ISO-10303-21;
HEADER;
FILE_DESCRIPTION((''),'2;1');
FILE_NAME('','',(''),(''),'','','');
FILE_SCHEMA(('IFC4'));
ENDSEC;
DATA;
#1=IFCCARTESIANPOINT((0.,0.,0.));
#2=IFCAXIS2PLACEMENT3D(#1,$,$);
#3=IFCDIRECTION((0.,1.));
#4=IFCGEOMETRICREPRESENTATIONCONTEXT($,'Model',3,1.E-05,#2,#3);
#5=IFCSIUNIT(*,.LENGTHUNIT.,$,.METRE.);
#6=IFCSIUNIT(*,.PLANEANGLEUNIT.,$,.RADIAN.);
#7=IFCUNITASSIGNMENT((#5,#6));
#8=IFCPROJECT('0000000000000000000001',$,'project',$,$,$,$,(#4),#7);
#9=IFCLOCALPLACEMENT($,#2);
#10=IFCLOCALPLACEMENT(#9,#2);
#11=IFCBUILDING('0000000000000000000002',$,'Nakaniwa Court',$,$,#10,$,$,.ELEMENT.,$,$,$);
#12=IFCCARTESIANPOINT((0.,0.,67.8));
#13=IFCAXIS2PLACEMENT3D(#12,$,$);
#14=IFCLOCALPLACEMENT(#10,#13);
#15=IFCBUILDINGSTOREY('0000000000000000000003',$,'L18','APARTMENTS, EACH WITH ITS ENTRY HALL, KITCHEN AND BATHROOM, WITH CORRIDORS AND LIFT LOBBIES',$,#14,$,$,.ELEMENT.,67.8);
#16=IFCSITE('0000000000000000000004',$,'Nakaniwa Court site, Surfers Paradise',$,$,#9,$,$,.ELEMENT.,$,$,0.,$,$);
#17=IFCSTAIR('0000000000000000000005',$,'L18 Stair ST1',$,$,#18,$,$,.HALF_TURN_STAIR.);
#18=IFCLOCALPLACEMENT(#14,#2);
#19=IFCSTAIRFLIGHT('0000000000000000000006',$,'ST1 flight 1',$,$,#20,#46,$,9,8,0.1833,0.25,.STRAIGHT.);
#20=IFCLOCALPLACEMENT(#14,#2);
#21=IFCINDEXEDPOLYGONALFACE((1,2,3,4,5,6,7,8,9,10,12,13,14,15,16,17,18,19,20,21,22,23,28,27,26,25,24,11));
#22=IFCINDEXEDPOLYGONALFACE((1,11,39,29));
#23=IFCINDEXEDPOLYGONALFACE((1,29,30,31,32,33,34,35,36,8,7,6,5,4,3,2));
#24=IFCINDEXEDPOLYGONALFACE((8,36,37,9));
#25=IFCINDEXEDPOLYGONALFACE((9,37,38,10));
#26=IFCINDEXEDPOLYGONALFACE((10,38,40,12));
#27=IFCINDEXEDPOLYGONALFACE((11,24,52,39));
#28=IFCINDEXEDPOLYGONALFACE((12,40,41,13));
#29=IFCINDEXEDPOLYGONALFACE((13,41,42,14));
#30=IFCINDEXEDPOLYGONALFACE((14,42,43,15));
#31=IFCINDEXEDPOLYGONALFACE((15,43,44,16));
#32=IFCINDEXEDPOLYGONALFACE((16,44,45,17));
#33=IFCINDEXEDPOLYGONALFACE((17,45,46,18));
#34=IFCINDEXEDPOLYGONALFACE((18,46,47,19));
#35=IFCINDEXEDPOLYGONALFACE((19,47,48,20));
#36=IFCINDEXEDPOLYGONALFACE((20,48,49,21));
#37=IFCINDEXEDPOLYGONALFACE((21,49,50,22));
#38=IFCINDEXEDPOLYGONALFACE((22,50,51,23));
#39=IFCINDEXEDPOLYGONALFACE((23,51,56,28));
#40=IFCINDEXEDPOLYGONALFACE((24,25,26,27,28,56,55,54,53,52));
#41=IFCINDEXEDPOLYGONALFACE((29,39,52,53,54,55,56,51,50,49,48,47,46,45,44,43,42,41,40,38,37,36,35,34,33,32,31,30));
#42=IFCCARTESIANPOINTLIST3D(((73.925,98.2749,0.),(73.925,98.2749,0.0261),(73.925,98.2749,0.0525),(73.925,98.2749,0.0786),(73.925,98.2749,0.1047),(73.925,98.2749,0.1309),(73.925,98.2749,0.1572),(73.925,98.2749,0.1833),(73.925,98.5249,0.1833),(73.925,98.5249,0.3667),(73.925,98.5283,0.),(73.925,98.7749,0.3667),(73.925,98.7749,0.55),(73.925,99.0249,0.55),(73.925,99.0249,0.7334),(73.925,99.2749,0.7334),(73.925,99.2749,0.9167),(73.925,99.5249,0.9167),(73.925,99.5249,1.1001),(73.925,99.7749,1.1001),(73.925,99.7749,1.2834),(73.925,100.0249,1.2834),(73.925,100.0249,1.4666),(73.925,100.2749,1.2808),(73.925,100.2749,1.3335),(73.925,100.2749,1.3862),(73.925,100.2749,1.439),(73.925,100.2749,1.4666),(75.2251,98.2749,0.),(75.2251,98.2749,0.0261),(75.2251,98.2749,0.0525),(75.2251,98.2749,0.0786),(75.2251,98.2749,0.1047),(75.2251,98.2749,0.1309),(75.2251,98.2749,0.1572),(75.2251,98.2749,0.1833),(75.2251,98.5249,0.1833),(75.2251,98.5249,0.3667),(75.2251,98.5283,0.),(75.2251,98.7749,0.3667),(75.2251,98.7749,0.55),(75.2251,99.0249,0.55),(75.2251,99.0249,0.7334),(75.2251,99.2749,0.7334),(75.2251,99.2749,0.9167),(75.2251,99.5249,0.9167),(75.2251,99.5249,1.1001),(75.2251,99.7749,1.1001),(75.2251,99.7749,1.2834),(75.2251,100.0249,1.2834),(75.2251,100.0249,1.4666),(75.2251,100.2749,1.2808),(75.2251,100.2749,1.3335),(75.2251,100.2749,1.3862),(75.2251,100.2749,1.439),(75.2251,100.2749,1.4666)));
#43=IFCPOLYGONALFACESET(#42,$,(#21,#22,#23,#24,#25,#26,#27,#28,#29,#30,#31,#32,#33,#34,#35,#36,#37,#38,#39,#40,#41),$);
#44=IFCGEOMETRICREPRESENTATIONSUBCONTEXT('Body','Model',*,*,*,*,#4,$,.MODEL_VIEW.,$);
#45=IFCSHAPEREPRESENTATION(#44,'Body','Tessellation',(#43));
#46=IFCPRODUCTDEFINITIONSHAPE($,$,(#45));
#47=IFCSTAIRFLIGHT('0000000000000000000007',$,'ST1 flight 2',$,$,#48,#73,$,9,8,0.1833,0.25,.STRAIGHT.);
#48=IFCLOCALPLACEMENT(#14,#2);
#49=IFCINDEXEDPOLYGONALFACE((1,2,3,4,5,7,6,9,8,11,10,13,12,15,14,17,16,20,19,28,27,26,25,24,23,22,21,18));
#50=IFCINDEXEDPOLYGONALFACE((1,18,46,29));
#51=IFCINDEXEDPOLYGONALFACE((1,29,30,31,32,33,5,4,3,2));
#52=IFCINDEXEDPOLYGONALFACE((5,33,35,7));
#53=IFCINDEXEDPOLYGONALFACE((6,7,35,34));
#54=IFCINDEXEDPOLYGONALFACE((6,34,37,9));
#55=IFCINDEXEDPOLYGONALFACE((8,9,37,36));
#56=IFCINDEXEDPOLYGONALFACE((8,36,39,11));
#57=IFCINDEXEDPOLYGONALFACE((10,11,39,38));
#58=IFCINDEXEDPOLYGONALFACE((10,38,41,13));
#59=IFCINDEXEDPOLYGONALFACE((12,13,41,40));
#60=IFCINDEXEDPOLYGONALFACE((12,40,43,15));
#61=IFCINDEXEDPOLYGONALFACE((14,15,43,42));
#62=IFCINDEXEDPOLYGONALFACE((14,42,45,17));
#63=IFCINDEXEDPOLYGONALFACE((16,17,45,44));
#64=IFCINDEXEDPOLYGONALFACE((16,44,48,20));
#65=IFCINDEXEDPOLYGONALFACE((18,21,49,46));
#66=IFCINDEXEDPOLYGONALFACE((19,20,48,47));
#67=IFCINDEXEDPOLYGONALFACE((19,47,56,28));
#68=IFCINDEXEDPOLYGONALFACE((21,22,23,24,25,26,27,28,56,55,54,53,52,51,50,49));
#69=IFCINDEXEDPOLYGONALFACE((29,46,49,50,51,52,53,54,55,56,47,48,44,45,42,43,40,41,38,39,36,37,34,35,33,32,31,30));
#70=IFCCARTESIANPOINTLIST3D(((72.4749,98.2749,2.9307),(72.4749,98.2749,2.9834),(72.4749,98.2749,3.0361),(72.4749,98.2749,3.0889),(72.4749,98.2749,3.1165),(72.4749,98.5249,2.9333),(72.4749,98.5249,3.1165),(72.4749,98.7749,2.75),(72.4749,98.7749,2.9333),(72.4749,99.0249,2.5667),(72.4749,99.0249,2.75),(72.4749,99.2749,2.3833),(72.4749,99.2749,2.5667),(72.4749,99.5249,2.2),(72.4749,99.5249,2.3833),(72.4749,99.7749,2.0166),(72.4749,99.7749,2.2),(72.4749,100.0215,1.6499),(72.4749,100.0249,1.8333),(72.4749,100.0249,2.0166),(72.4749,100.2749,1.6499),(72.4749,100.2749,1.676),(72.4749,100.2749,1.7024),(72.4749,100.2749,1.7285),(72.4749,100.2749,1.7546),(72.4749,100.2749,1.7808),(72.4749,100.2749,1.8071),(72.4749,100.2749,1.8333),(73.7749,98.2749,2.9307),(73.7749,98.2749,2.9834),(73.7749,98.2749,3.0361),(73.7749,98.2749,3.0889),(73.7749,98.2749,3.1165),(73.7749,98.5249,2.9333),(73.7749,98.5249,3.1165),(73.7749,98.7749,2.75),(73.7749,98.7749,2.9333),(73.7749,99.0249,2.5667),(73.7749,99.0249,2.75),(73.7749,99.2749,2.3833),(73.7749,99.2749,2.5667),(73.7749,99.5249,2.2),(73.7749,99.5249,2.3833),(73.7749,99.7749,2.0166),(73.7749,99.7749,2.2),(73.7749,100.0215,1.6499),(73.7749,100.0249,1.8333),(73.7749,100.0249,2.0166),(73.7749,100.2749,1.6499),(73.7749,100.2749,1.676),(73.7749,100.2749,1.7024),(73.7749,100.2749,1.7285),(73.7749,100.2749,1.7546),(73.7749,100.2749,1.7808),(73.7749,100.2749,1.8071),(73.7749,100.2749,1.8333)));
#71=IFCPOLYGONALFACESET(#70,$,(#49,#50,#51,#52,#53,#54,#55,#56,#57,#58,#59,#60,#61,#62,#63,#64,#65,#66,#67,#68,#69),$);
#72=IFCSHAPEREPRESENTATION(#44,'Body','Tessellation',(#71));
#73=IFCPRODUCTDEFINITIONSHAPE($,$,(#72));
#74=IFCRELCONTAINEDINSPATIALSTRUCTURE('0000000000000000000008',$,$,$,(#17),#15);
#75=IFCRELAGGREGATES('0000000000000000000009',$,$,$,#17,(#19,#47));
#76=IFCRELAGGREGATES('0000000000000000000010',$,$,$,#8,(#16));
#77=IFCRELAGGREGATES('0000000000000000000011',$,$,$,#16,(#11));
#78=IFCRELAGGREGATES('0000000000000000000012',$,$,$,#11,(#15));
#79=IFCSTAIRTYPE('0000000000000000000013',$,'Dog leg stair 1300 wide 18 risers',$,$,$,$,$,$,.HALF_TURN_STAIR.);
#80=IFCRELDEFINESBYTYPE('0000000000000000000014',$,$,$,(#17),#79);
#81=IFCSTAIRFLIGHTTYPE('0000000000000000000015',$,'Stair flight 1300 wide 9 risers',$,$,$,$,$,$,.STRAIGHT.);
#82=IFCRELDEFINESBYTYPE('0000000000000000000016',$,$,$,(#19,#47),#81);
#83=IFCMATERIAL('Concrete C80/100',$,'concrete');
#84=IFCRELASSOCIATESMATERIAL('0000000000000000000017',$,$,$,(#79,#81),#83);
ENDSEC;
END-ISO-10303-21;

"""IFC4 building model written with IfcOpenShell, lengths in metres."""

from ifc_helpers import new_model, si_unit, direction, frame, origin, place, context, subcontext, project, spatial, polyline, outline, extrude, material, type_object, element, aggregate, save


model = new_model("IFC4")

# Units and contexts
model_context = context("Model", 3, precision=1e-05, world=origin(), true_north=direction((0.0, 1.0)))
body_context = subcontext(model_context, "Body", "Model", "MODEL_VIEW")
ifc_project = project(units=[si_unit("LENGTHUNIT", "METRE"), si_unit("PLANEANGLEUNIT", "RADIAN")], contexts=[model_context])

# Site, building, storey
site_placement = place(None, origin())
site = spatial("IfcSite", under=ifc_project, at=site_placement, Name="Nakaniwa Court site, Surfers Paradise", CompositionType="ELEMENT", RefElevation=0.0)
building_placement = place(site_placement, origin())
building = spatial("IfcBuilding", under=site, at=building_placement, Name="Nakaniwa Court", CompositionType="ELEMENT")
storey_placement = place(building_placement, frame((0.0, 0.0, 67.8)))
storey = spatial("IfcBuildingStorey", under=building, at=storey_placement, Name="L18", Description="APARTMENTS, EACH WITH ITS ENTRY HALL, KITCHEN AND BATHROOM, WITH CORRIDORS AND LIFT LOBBIES", CompositionType="ELEMENT", Elevation=67.8)

# Shared definitions
ifc_material_1 = material(Name="Concrete C80/100", Category="concrete")

# Stair, stair flights
stair_type = type_object("IfcStairType", Name="Dog leg stair 1300 wide 18 risers", PredefinedType="HALF_TURN_STAIR", material=ifc_material_1)
stair_placement = place(storey_placement, origin())
stair = element("IfcStair", 1, at=stair_placement, inside=storey, type_object=stair_type, Name="L18 Stair ST1", PredefinedType="HALF_TURN_STAIR")
stair_flight_type = type_object("IfcStairFlightType", Name="Stair flight 1300 wide 9 risers", PredefinedType="STRAIGHT", material=ifc_material_1)
stair_flight_1_placement = place(storey_placement, frame((74.575, 98.2749, 0.0), z_axis=(0.0, 0.0, 1.0), x_axis=(0.0, 1.0, 0.0)))
stair_flight_1 = element("IfcStairFlight", 2, at=stair_flight_1_placement, type_object=stair_flight_type, Name="ST1 flight 1", NumberOfRisers=9, NumberOfTreads=8, PredefinedType="STRAIGHT", RiserHeight=0.1833, TreadLength=0.25, context=body_context, shape_type="SweptSolid", body=[
    extrude(outline(polyline([(0.0, 0.0), (0.0, 0.0261), (0.0, 0.0525), (0.0, 0.0786), (0.0, 0.1047), (0.0, 0.1309), (0.0, 0.1572), (0.0, 0.1833), (0.25, 0.1833), (0.25, 0.3667), (0.5, 0.3667), (0.5, 0.55), (0.75, 0.55), (0.75, 0.7334), (1.0, 0.7334), (1.0, 0.9167), (1.25, 0.9167), (1.25, 1.1001), (1.5, 1.1001), (1.5, 1.2834), (1.75, 1.2834), (1.75, 1.4666), (2.0, 1.4666), (2.0, 1.6499), (2.0, 1.5972), (2.0, 1.5444), (2.0, 1.4917), (2.0, 1.439), (2.0, 1.3862), (2.0, 1.3335), (2.0, 1.2808), (0.2534, 0.0), (0.0, 0.0)])), frame((0.0, 0.6499, 0.0), z_axis=(0.0, -1.0, 0.0), x_axis=(1.0, 0.0, 0.0)), (0.0, 0.0, 1.0), 1.3),
])
stair_flight_2_placement = place(storey_placement, frame((73.125, 100.2749, 1.6499), z_axis=(0.0, 0.0, 1.0), x_axis=(0.0, -1.0, 0.0)))
stair_flight_2 = element("IfcStairFlight", 3, at=stair_flight_2_placement, type_object=stair_flight_type, Name="ST1 flight 2", NumberOfRisers=9, NumberOfTreads=8, PredefinedType="STRAIGHT", RiserHeight=0.1833, TreadLength=0.25, context=body_context, shape_type="SweptSolid", body=[
    extrude(outline(polyline([(0.0, 0.0), (0.0, 0.0261), (0.0, 0.0525), (0.0, 0.0786), (0.0, 0.1047), (0.0, 0.1309), (0.0, 0.1572), (0.0, 0.1833), (0.25, 0.1833), (0.25, 0.3667), (0.5, 0.3667), (0.5, 0.55), (0.75, 0.55), (0.75, 0.7334), (1.0, 0.7334), (1.0, 0.9167), (1.25, 0.9167), (1.25, 1.1001), (1.5, 1.1001), (1.5, 1.2834), (1.75, 1.2834), (1.75, 1.4666), (2.0, 1.4666), (2.0, 1.6499), (2.0, 1.5972), (2.0, 1.5444), (2.0, 1.4917), (2.0, 1.439), (2.0, 1.3862), (2.0, 1.3335), (2.0, 1.2808), (0.2534, 0.0), (0.0, 0.0)])), frame((0.0, 0.6499, 0.0), z_axis=(0.0, -1.0, 0.0), x_axis=(1.0, 0.0, 0.0)), (0.0, 0.0, 1.0), 1.3),
])
aggregate(stair, [stair_flight_1, stair_flight_2])

save(model, "model.ifc")
